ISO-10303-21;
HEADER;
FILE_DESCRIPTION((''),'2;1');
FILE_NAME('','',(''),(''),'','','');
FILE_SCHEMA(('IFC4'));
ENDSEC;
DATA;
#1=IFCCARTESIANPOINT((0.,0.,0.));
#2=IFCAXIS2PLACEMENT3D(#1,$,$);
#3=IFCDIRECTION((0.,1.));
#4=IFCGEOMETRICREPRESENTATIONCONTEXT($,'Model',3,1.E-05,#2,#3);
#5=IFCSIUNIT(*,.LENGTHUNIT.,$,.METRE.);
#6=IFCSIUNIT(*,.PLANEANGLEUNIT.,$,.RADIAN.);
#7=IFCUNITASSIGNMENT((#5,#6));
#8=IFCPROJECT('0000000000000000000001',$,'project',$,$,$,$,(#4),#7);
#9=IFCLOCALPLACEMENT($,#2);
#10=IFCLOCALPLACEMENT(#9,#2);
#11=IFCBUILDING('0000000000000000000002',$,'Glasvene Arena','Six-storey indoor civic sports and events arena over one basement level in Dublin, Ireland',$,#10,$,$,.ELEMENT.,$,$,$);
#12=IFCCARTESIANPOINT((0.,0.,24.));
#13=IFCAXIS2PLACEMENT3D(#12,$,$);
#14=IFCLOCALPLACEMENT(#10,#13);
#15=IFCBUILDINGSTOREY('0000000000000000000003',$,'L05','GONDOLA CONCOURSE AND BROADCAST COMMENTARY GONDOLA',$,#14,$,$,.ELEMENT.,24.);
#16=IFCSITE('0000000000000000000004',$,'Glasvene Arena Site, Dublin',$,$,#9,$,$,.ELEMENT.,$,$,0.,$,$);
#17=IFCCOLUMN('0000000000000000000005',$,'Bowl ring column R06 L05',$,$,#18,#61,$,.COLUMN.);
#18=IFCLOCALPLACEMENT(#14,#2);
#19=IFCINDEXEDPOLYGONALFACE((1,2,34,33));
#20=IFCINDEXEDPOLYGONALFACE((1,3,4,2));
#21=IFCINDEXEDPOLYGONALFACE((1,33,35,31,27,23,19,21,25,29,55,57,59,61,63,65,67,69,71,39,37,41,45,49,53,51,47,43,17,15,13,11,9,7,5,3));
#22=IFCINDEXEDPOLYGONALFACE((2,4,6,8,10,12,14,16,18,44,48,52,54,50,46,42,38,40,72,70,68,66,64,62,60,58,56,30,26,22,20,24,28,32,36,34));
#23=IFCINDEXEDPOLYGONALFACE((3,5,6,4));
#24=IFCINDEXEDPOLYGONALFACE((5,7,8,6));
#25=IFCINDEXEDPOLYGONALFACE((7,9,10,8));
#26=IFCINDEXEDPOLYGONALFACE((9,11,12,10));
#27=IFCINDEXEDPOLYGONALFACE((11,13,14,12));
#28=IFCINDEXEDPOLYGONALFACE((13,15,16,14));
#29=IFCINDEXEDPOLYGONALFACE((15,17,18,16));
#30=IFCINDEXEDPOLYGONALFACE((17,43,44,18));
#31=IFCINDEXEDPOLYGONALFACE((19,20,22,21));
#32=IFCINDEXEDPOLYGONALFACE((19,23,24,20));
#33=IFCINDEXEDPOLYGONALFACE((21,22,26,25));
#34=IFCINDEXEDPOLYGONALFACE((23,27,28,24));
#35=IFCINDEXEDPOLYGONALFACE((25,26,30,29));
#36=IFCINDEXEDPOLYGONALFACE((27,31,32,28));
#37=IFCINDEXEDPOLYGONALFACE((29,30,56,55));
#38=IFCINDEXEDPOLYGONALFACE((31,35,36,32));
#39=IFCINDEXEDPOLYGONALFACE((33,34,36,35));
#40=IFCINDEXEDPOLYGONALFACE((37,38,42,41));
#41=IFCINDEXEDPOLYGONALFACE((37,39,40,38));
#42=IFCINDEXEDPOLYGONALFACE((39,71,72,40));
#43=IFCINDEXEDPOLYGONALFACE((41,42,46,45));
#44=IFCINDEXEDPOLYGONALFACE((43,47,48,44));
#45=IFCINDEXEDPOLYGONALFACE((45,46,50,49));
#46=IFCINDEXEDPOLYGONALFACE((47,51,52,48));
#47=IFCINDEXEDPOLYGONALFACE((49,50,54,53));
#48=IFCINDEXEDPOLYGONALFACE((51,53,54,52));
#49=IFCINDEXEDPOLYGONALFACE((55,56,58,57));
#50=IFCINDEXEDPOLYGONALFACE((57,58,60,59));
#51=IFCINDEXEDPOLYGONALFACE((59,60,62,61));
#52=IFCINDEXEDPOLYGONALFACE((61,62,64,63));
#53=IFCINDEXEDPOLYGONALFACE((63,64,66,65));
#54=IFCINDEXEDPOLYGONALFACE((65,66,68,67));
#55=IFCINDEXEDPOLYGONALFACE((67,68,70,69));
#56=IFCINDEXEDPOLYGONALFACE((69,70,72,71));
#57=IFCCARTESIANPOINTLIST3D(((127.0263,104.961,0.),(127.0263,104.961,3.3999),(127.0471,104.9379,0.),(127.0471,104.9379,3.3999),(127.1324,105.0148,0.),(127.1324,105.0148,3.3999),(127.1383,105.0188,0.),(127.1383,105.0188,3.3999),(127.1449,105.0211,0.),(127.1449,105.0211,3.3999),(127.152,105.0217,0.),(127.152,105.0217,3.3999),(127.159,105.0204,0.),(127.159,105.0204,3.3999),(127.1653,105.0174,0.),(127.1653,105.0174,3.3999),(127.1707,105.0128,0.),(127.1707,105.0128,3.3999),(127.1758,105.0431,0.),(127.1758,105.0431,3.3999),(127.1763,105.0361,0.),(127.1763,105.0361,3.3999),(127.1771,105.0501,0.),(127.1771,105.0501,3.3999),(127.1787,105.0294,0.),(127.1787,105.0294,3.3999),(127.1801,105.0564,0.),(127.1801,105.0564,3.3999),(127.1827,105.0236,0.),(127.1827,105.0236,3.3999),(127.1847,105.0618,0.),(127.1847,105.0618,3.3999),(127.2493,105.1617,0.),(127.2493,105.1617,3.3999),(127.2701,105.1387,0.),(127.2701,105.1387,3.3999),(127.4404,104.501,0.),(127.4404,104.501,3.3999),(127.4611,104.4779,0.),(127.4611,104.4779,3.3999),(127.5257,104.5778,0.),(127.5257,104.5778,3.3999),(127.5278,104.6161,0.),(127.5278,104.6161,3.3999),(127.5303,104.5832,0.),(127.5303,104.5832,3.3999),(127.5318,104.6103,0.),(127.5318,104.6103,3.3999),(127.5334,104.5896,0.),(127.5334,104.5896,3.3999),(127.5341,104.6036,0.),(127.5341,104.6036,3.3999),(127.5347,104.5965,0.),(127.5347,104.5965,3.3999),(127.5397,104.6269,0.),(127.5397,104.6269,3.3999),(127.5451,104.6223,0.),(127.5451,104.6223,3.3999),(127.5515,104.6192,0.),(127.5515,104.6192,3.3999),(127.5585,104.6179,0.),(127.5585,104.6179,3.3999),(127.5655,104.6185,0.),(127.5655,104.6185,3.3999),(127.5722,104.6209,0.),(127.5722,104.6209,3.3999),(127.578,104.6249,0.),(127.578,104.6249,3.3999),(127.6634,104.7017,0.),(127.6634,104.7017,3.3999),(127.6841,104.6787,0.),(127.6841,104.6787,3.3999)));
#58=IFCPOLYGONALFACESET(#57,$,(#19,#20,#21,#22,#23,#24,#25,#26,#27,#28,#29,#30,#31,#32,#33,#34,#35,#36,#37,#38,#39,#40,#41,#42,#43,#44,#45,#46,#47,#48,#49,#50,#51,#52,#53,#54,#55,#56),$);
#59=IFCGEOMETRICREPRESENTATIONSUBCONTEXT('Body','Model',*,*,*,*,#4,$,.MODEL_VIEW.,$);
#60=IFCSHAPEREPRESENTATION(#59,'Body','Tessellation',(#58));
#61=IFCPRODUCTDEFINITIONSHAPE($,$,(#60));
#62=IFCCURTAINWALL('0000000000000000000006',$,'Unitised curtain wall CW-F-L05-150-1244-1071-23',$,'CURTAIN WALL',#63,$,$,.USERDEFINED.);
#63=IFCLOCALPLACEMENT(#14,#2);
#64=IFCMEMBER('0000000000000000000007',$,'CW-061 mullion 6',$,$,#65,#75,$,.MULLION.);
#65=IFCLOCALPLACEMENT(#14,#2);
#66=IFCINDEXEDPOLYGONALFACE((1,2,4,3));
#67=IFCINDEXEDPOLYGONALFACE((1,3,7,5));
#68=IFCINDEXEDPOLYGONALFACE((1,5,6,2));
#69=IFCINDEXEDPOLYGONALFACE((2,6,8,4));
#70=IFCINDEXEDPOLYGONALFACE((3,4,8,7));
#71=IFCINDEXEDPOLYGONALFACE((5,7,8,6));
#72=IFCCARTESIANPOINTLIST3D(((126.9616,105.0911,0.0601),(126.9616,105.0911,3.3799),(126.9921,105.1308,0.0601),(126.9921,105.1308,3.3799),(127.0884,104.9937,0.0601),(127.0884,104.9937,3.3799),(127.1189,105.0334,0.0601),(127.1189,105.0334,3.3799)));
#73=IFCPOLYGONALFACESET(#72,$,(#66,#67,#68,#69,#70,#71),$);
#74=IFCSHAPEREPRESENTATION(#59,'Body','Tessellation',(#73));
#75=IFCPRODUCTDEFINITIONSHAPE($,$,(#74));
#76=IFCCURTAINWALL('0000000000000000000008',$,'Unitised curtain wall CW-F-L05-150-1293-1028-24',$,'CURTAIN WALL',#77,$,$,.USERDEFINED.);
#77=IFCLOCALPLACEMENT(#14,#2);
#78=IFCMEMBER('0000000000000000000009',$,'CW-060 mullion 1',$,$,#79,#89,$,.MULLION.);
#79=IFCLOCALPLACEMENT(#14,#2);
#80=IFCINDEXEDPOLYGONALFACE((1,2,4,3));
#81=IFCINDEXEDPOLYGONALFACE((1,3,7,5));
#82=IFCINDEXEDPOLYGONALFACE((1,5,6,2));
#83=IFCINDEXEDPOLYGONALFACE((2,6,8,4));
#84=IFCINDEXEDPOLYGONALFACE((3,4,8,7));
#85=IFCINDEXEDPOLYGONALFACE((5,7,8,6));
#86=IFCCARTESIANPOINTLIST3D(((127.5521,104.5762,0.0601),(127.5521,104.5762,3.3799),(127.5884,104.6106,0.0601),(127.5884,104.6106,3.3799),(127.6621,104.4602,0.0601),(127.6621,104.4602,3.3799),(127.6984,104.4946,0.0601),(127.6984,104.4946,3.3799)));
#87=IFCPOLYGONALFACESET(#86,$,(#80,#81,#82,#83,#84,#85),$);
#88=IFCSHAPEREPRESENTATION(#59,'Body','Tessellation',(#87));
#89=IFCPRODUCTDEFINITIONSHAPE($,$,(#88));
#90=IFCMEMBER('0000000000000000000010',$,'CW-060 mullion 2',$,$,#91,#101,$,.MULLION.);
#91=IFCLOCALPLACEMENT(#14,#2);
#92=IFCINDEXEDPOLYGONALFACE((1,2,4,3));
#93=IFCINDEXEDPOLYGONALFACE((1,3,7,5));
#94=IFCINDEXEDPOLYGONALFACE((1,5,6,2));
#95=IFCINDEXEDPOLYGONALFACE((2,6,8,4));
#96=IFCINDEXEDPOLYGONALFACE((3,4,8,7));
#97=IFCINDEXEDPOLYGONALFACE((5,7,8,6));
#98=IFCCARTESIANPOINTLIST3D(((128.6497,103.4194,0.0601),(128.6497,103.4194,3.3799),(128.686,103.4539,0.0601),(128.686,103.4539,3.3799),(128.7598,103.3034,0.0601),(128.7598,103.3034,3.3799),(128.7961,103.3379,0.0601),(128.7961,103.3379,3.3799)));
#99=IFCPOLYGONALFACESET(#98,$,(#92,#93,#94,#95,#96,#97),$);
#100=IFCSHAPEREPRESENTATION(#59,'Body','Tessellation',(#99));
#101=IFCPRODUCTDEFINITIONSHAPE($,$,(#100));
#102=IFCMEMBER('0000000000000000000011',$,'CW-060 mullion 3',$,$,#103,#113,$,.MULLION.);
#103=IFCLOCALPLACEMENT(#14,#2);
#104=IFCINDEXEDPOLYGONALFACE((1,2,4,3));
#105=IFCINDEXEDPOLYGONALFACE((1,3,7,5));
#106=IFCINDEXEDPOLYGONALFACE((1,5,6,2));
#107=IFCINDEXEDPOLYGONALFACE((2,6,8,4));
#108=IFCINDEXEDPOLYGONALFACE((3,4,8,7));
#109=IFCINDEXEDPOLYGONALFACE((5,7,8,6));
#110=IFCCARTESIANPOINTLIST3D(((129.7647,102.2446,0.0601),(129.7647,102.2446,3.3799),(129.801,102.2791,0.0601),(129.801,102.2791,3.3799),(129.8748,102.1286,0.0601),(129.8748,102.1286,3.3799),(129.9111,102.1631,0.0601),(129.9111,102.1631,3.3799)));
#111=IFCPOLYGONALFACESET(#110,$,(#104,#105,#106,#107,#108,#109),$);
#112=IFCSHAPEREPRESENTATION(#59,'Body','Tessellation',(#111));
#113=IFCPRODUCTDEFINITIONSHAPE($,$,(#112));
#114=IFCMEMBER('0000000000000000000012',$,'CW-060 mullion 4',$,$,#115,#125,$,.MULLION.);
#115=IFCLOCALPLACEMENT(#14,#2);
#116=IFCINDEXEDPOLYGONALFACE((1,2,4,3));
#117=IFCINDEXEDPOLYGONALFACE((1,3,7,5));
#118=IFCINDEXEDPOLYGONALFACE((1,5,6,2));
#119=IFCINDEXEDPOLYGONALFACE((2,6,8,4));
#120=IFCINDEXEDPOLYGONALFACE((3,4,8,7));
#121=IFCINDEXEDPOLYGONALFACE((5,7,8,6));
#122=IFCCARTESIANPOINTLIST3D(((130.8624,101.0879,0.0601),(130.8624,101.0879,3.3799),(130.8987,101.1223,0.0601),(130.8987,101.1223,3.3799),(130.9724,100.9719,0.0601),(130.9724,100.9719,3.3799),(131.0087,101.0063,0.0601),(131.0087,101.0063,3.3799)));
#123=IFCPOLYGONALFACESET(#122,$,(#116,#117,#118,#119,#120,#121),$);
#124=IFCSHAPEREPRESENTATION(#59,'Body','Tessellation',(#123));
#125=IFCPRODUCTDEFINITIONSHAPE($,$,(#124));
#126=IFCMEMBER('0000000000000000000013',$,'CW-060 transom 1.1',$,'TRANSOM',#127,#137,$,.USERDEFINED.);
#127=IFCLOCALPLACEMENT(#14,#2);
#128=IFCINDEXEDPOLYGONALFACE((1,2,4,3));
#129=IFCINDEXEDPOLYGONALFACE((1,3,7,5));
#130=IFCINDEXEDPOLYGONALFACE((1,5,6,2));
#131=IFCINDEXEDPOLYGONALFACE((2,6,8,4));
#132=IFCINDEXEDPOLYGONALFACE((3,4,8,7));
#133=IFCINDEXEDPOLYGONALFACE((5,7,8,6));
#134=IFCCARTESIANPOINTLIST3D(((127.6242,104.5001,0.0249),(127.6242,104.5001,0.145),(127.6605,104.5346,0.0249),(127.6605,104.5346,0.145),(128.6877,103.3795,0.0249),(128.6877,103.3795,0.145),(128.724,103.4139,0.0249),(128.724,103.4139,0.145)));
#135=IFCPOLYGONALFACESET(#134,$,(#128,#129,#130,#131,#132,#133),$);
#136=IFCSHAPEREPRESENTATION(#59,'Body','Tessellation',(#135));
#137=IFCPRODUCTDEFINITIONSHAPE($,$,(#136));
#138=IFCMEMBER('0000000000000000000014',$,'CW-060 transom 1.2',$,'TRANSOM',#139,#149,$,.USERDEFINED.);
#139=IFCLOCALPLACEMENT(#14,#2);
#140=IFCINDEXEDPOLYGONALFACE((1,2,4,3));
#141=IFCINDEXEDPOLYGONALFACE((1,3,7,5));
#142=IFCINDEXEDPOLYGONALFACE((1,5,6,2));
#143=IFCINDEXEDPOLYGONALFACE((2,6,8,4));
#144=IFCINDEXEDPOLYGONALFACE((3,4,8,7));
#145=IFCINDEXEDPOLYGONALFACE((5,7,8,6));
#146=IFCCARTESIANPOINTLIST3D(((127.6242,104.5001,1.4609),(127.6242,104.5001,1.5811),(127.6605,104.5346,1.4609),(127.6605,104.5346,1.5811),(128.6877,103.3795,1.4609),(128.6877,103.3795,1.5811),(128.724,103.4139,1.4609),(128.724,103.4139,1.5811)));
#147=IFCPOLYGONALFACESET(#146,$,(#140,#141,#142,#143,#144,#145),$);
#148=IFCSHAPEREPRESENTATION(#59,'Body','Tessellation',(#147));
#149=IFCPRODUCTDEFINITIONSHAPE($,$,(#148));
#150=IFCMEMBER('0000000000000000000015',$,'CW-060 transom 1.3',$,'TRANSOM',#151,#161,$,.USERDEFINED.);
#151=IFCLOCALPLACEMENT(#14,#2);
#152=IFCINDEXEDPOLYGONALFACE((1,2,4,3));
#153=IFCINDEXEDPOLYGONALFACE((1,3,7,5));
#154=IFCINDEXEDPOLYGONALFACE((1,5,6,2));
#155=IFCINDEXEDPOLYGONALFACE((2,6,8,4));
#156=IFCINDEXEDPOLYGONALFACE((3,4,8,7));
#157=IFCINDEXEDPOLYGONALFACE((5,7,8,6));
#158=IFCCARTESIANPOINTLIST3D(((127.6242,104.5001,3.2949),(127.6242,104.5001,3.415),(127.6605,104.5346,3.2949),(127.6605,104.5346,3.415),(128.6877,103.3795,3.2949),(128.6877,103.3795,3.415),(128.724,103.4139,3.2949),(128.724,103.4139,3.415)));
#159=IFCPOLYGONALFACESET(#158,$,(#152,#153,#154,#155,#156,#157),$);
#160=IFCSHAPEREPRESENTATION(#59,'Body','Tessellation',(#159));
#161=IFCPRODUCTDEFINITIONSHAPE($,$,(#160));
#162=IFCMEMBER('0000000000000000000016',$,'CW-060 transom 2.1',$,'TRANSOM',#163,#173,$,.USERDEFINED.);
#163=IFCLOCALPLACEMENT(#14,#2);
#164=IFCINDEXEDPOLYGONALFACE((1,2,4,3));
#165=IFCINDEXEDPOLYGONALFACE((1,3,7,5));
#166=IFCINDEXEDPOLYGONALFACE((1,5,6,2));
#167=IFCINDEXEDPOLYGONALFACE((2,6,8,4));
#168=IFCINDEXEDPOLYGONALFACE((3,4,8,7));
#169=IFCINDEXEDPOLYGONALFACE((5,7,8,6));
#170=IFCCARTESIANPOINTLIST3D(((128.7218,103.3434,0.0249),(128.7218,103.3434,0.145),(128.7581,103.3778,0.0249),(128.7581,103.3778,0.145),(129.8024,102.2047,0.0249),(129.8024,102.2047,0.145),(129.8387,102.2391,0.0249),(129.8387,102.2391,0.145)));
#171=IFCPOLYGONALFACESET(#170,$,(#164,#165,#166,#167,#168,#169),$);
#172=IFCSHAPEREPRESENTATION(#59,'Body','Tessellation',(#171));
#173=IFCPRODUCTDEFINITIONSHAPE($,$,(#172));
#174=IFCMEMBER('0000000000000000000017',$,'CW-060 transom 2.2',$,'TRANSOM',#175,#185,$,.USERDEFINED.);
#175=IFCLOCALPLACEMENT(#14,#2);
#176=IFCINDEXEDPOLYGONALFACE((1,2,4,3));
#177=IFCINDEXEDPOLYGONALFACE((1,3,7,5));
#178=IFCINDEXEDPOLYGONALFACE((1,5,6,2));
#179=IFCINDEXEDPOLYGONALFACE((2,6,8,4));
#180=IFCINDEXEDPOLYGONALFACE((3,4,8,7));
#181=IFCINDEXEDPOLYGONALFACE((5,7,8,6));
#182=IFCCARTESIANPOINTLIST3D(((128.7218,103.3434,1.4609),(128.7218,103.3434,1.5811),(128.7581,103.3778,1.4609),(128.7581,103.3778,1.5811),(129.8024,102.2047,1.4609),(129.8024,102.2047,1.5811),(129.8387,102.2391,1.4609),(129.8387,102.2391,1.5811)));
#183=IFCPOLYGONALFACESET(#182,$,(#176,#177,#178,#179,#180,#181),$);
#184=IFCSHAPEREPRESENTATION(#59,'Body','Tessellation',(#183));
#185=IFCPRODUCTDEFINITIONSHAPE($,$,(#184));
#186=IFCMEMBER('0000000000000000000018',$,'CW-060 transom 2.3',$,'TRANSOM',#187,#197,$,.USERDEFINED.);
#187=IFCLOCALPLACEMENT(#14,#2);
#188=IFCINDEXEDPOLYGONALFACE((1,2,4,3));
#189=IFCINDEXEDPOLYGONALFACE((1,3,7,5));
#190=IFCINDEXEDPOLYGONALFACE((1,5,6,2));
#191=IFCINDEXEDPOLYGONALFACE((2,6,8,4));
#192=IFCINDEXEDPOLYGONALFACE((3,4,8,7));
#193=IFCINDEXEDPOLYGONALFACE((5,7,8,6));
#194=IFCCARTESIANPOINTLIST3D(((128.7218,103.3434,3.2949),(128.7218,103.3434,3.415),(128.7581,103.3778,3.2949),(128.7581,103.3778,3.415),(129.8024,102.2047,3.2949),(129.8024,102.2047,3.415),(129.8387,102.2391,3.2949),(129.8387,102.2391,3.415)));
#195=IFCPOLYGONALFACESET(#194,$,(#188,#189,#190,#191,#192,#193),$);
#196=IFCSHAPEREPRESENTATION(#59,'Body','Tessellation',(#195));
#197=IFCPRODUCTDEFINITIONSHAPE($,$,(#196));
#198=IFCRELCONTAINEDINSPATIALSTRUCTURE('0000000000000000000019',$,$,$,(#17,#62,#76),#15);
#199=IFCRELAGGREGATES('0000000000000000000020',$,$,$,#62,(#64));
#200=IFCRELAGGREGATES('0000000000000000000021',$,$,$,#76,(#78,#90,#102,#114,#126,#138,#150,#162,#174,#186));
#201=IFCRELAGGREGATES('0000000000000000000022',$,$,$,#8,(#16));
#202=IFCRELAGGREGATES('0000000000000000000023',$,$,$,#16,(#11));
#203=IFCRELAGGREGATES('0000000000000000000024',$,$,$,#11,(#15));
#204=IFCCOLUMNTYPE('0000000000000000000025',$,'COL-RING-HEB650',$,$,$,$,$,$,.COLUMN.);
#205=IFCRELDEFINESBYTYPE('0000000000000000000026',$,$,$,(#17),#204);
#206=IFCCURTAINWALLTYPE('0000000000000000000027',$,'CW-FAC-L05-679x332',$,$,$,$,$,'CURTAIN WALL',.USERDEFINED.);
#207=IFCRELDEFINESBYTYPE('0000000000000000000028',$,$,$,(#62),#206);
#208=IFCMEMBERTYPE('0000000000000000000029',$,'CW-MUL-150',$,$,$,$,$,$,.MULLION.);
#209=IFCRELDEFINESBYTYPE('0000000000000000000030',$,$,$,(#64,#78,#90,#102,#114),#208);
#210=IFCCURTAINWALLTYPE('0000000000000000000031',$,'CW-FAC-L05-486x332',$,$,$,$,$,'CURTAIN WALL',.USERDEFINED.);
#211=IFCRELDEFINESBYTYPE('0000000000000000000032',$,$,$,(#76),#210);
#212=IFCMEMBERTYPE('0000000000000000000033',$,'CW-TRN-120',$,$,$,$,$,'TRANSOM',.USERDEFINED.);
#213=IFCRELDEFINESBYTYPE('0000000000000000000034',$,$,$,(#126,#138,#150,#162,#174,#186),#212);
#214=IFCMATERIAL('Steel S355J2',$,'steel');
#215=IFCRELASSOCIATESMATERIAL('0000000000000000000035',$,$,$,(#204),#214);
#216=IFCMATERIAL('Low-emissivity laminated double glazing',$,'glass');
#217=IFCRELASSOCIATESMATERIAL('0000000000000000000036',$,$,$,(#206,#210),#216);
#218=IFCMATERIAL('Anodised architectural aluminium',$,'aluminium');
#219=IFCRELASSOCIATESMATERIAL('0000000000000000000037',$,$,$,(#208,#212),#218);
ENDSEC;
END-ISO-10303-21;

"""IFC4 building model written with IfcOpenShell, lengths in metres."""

from ifc_helpers import new_model, si_unit, direction, frame, origin, origin_2d, place, context, subcontext, project, spatial, rectangle, i_section, extrude, material, material_profile, profile_set, type_object, element, aggregate, save


model = new_model("IFC4")

# Units and contexts
model_context = context("Model", 3, precision=1e-05, world=origin(), true_north=direction((0.0, 1.0)))
body_context = subcontext(model_context, "Body", "Model", "MODEL_VIEW")
ifc_project = project(units=[si_unit("LENGTHUNIT", "METRE"), si_unit("PLANEANGLEUNIT", "RADIAN")], contexts=[model_context])

# Site, building, storey
site_placement = place(None, origin())
site = spatial("IfcSite", under=ifc_project, at=site_placement, Name="Glasvene Arena Site, Dublin", CompositionType="ELEMENT", RefElevation=0.0)
building_placement = place(site_placement, origin())
building = spatial("IfcBuilding", under=site, at=building_placement, Name="Glasvene Arena", Description="Six-storey indoor civic sports and events arena over one basement level in Dublin, Ireland", CompositionType="ELEMENT")
storey_placement = place(building_placement, frame((0.0, 0.0, 24.0)))
storey = spatial("IfcBuildingStorey", under=building, at=storey_placement, Name="L05", Description="GONDOLA CONCOURSE AND BROADCAST COMMENTARY GONDOLA", CompositionType="ELEMENT", Elevation=24.0)

# Column
ifc_material_1 = material(Name="Steel S355J2", Category="steel")
ifc_material_profile_1 = material_profile(ifc_material_1, i_section(OverallWidth=0.3, OverallDepth=0.6499, WebThickness=0.0161, FlangeThickness=0.031, FilletRadius=0.0271, at=origin_2d()), Name="HEB 650")
ifc_profile_set_1 = profile_set([ifc_material_profile_1], Name="Steel S355J2")
column_type = type_object("IfcColumnType", Name="COL-RING-HEB650", PredefinedType="COLUMN", material=ifc_profile_set_1)
column_placement = place(storey_placement, frame((127.3552, 104.8198, 0.0), z_axis=(0.0, 0.0, 1.0), x_axis=(0.743262, 0.669001, 0.0)))
element("IfcColumn", 1, at=column_placement, inside=storey, type_object=column_type, Name="Bowl ring column R06 L05", PredefinedType="COLUMN", context=body_context, shape_type="SweptSolid", body=[
    extrude(i_section(OverallWidth=0.3, OverallDepth=0.6499, WebThickness=0.0161, FlangeThickness=0.031, FilletRadius=0.0271, at=origin_2d()), origin(), (0.0, 0.0, 1.0), 3.3999),
])

# Curtain wall, member
ifc_material_2 = material(Name="Low-emissivity laminated double glazing", Category="glass")
curtain_wall_type_1 = type_object("IfcCurtainWallType", Name="CW-FAC-L05-679x332", ElementType="CURTAIN WALL", PredefinedType="USERDEFINED", material=ifc_material_2)
curtain_wall_1_placement = place(storey_placement, frame((121.6804, 109.1821, 0.0)))
curtain_wall_1 = element("IfcCurtainWall", 2, at=curtain_wall_1_placement, inside=storey, type_object=curtain_wall_type_1, Name="Unitised curtain wall CW-F-L05-150-1244-1071-23", ObjectType="CURTAIN WALL", PredefinedType="USERDEFINED")
ifc_material_3 = material(Name="Anodised architectural aluminium", Category="aluminium")
ifc_material_profile_2 = material_profile(ifc_material_3, rectangle(XDim=0.05, YDim=0.1599, at=origin_2d()), Name="ALU MULLION 50x160")
ifc_profile_set_2 = profile_set([ifc_material_profile_2], Name="Anodised architectural aluminium")
member_type_1 = type_object("IfcMemberType", Name="CW-MUL-150", PredefinedType="MULLION", material=ifc_profile_set_2)
member_1_placement = place(storey_placement, frame((127.0403, 105.0623, 0.0601), z_axis=(0.0, 0.0, 1.0), x_axis=(0.60943, 0.79284, 0.0)))
member_1 = element("IfcMember", 3, at=member_1_placement, type_object=member_type_1, Name="CW-061 mullion 6", PredefinedType="MULLION", context=body_context, shape_type="SweptSolid", body=[
    extrude(rectangle(XDim=0.05, YDim=0.1599, at=origin_2d()), origin(), (0.0, 0.0, 1.0), 3.3198),
])

# Curtain wall, members
curtain_wall_type_2 = type_object("IfcCurtainWallType", Name="CW-FAC-L05-486x332", ElementType="CURTAIN WALL", PredefinedType="USERDEFINED", material=ifc_material_2)
curtain_wall_2_placement = place(storey_placement, frame((127.6079, 104.5535, 0.0)))
curtain_wall_2 = element("IfcCurtainWall", 4, at=curtain_wall_2_placement, inside=storey, type_object=curtain_wall_type_2, Name="Unitised curtain wall CW-F-L05-150-1293-1028-24", ObjectType="CURTAIN WALL", PredefinedType="USERDEFINED")
member_2_placement = place(storey_placement, frame((127.6252, 104.5354, 0.0601), z_axis=(0.0, 0.0, 1.0), x_axis=(0.725367, 0.688363, 0.0)))
member_2 = element("IfcMember", 5, at=member_2_placement, type_object=member_type_1, Name="CW-060 mullion 1", PredefinedType="MULLION", context=body_context, shape_type="SweptSolid", body=[
    extrude(rectangle(XDim=0.05, YDim=0.1599, at=origin_2d()), origin(), (0.0, 0.0, 1.0), 3.3198),
])
member_3_placement = place(storey_placement, frame((128.7229, 103.3787, 0.0601), z_axis=(0.0, 0.0, 1.0), x_axis=(0.725367, 0.688363, 0.0)))
member_3 = element("IfcMember", 6, at=member_3_placement, type_object=member_type_1, Name="CW-060 mullion 2", PredefinedType="MULLION", context=body_context, shape_type="SweptSolid", body=[
    extrude(rectangle(XDim=0.05, YDim=0.1599, at=origin_2d()), origin(), (0.0, 0.0, 1.0), 3.3198),
])
member_4_placement = place(storey_placement, frame((129.8379, 102.2039, 0.0601), z_axis=(0.0, 0.0, 1.0), x_axis=(0.725367, 0.688363, 0.0)))
member_4 = element("IfcMember", 7, at=member_4_placement, type_object=member_type_1, Name="CW-060 mullion 3", PredefinedType="MULLION", context=body_context, shape_type="SweptSolid", body=[
    extrude(rectangle(XDim=0.05, YDim=0.1599, at=origin_2d()), origin(), (0.0, 0.0, 1.0), 3.3198),
])
member_5_placement = place(storey_placement, frame((130.9355, 101.0471, 0.0601), z_axis=(0.0, 0.0, 1.0), x_axis=(0.725367, 0.688363, 0.0)))
member_5 = element("IfcMember", 8, at=member_5_placement, type_object=member_type_1, Name="CW-060 mullion 4", PredefinedType="MULLION", context=body_context, shape_type="SweptSolid", body=[
    extrude(rectangle(XDim=0.05, YDim=0.1599, at=origin_2d()), origin(), (0.0, 0.0, 1.0), 3.3198),
])
ifc_material_profile_3 = material_profile(ifc_material_3, rectangle(XDim=0.05, YDim=0.1201, at=origin_2d()), Name="ALU TRANSOM 50x120")
ifc_profile_set_3 = profile_set([ifc_material_profile_3], Name="Anodised architectural aluminium")
member_type_2 = type_object("IfcMemberType", Name="CW-TRN-120", ElementType="TRANSOM", PredefinedType="USERDEFINED", material=ifc_profile_set_3)
member_6_placement = place(storey_placement, frame((127.6423, 104.5173, 0.085), z_axis=(0.688376, -0.725354, 0.0), x_axis=(0.725354, 0.688376, 0.0)))
member_6 = element("IfcMember", 9, at=member_6_placement, type_object=member_type_2, Name="CW-060 transom 1.1", ObjectType="TRANSOM", PredefinedType="USERDEFINED", context=body_context, shape_type="SweptSolid", body=[
    extrude(rectangle(XDim=0.05, YDim=0.1201, at=origin_2d()), origin(), (0.0, 0.0, 1.0), 1.5449),
])
member_7_placement = place(storey_placement, frame((127.6423, 104.5173, 1.521), z_axis=(0.688376, -0.725354, 0.0), x_axis=(0.725354, 0.688376, 0.0)))
member_7 = element("IfcMember", 10, at=member_7_placement, type_object=member_type_2, Name="CW-060 transom 1.2", ObjectType="TRANSOM", PredefinedType="USERDEFINED", context=body_context, shape_type="SweptSolid", body=[
    extrude(rectangle(XDim=0.05, YDim=0.1201, at=origin_2d()), origin(), (0.0, 0.0, 1.0), 1.5449),
])
member_8_placement = place(storey_placement, frame((127.6423, 104.5173, 3.355), z_axis=(0.688376, -0.725354, 0.0), x_axis=(0.725354, 0.688376, 0.0)))
member_8 = element("IfcMember", 11, at=member_8_placement, type_object=member_type_2, Name="CW-060 transom 1.3", ObjectType="TRANSOM", PredefinedType="USERDEFINED", context=body_context, shape_type="SweptSolid", body=[
    extrude(rectangle(XDim=0.05, YDim=0.1201, at=origin_2d()), origin(), (0.0, 0.0, 1.0), 1.5449),
])
member_9_placement = place(storey_placement, frame((128.74, 103.3606, 0.085), z_axis=(0.688357, -0.725372, 0.0), x_axis=(0.725372, 0.688357, 0.0)))
member_9 = element("IfcMember", 12, at=member_9_placement, type_object=member_type_2, Name="CW-060 transom 2.1", ObjectType="TRANSOM", PredefinedType="USERDEFINED", context=body_context, shape_type="SweptSolid", body=[
    extrude(rectangle(XDim=0.05, YDim=0.1201, at=origin_2d()), origin(), (0.0, 0.0, 1.0), 1.5698),
])
member_10_placement = place(storey_placement, frame((128.74, 103.3606, 1.521), z_axis=(0.688357, -0.725372, 0.0), x_axis=(0.725372, 0.688357, 0.0)))
member_10 = element("IfcMember", 13, at=member_10_placement, type_object=member_type_2, Name="CW-060 transom 2.2", ObjectType="TRANSOM", PredefinedType="USERDEFINED", context=body_context, shape_type="SweptSolid", body=[
    extrude(rectangle(XDim=0.05, YDim=0.1201, at=origin_2d()), origin(), (0.0, 0.0, 1.0), 1.5698),
])
member_11_placement = place(storey_placement, frame((128.74, 103.3606, 3.355), z_axis=(0.688357, -0.725372, 0.0), x_axis=(0.725372, 0.688357, 0.0)))
member_11 = element("IfcMember", 14, at=member_11_placement, type_object=member_type_2, Name="CW-060 transom 2.3", ObjectType="TRANSOM", PredefinedType="USERDEFINED", context=body_context, shape_type="SweptSolid", body=[
    extrude(rectangle(XDim=0.05, YDim=0.1201, at=origin_2d()), origin(), (0.0, 0.0, 1.0), 1.5698),
])

aggregate(curtain_wall_1, [member_1])
aggregate(curtain_wall_2, [member_2, member_3, member_4, member_5, member_6, member_7, member_8, member_9, member_10, member_11])

save(model, "model.ifc")
